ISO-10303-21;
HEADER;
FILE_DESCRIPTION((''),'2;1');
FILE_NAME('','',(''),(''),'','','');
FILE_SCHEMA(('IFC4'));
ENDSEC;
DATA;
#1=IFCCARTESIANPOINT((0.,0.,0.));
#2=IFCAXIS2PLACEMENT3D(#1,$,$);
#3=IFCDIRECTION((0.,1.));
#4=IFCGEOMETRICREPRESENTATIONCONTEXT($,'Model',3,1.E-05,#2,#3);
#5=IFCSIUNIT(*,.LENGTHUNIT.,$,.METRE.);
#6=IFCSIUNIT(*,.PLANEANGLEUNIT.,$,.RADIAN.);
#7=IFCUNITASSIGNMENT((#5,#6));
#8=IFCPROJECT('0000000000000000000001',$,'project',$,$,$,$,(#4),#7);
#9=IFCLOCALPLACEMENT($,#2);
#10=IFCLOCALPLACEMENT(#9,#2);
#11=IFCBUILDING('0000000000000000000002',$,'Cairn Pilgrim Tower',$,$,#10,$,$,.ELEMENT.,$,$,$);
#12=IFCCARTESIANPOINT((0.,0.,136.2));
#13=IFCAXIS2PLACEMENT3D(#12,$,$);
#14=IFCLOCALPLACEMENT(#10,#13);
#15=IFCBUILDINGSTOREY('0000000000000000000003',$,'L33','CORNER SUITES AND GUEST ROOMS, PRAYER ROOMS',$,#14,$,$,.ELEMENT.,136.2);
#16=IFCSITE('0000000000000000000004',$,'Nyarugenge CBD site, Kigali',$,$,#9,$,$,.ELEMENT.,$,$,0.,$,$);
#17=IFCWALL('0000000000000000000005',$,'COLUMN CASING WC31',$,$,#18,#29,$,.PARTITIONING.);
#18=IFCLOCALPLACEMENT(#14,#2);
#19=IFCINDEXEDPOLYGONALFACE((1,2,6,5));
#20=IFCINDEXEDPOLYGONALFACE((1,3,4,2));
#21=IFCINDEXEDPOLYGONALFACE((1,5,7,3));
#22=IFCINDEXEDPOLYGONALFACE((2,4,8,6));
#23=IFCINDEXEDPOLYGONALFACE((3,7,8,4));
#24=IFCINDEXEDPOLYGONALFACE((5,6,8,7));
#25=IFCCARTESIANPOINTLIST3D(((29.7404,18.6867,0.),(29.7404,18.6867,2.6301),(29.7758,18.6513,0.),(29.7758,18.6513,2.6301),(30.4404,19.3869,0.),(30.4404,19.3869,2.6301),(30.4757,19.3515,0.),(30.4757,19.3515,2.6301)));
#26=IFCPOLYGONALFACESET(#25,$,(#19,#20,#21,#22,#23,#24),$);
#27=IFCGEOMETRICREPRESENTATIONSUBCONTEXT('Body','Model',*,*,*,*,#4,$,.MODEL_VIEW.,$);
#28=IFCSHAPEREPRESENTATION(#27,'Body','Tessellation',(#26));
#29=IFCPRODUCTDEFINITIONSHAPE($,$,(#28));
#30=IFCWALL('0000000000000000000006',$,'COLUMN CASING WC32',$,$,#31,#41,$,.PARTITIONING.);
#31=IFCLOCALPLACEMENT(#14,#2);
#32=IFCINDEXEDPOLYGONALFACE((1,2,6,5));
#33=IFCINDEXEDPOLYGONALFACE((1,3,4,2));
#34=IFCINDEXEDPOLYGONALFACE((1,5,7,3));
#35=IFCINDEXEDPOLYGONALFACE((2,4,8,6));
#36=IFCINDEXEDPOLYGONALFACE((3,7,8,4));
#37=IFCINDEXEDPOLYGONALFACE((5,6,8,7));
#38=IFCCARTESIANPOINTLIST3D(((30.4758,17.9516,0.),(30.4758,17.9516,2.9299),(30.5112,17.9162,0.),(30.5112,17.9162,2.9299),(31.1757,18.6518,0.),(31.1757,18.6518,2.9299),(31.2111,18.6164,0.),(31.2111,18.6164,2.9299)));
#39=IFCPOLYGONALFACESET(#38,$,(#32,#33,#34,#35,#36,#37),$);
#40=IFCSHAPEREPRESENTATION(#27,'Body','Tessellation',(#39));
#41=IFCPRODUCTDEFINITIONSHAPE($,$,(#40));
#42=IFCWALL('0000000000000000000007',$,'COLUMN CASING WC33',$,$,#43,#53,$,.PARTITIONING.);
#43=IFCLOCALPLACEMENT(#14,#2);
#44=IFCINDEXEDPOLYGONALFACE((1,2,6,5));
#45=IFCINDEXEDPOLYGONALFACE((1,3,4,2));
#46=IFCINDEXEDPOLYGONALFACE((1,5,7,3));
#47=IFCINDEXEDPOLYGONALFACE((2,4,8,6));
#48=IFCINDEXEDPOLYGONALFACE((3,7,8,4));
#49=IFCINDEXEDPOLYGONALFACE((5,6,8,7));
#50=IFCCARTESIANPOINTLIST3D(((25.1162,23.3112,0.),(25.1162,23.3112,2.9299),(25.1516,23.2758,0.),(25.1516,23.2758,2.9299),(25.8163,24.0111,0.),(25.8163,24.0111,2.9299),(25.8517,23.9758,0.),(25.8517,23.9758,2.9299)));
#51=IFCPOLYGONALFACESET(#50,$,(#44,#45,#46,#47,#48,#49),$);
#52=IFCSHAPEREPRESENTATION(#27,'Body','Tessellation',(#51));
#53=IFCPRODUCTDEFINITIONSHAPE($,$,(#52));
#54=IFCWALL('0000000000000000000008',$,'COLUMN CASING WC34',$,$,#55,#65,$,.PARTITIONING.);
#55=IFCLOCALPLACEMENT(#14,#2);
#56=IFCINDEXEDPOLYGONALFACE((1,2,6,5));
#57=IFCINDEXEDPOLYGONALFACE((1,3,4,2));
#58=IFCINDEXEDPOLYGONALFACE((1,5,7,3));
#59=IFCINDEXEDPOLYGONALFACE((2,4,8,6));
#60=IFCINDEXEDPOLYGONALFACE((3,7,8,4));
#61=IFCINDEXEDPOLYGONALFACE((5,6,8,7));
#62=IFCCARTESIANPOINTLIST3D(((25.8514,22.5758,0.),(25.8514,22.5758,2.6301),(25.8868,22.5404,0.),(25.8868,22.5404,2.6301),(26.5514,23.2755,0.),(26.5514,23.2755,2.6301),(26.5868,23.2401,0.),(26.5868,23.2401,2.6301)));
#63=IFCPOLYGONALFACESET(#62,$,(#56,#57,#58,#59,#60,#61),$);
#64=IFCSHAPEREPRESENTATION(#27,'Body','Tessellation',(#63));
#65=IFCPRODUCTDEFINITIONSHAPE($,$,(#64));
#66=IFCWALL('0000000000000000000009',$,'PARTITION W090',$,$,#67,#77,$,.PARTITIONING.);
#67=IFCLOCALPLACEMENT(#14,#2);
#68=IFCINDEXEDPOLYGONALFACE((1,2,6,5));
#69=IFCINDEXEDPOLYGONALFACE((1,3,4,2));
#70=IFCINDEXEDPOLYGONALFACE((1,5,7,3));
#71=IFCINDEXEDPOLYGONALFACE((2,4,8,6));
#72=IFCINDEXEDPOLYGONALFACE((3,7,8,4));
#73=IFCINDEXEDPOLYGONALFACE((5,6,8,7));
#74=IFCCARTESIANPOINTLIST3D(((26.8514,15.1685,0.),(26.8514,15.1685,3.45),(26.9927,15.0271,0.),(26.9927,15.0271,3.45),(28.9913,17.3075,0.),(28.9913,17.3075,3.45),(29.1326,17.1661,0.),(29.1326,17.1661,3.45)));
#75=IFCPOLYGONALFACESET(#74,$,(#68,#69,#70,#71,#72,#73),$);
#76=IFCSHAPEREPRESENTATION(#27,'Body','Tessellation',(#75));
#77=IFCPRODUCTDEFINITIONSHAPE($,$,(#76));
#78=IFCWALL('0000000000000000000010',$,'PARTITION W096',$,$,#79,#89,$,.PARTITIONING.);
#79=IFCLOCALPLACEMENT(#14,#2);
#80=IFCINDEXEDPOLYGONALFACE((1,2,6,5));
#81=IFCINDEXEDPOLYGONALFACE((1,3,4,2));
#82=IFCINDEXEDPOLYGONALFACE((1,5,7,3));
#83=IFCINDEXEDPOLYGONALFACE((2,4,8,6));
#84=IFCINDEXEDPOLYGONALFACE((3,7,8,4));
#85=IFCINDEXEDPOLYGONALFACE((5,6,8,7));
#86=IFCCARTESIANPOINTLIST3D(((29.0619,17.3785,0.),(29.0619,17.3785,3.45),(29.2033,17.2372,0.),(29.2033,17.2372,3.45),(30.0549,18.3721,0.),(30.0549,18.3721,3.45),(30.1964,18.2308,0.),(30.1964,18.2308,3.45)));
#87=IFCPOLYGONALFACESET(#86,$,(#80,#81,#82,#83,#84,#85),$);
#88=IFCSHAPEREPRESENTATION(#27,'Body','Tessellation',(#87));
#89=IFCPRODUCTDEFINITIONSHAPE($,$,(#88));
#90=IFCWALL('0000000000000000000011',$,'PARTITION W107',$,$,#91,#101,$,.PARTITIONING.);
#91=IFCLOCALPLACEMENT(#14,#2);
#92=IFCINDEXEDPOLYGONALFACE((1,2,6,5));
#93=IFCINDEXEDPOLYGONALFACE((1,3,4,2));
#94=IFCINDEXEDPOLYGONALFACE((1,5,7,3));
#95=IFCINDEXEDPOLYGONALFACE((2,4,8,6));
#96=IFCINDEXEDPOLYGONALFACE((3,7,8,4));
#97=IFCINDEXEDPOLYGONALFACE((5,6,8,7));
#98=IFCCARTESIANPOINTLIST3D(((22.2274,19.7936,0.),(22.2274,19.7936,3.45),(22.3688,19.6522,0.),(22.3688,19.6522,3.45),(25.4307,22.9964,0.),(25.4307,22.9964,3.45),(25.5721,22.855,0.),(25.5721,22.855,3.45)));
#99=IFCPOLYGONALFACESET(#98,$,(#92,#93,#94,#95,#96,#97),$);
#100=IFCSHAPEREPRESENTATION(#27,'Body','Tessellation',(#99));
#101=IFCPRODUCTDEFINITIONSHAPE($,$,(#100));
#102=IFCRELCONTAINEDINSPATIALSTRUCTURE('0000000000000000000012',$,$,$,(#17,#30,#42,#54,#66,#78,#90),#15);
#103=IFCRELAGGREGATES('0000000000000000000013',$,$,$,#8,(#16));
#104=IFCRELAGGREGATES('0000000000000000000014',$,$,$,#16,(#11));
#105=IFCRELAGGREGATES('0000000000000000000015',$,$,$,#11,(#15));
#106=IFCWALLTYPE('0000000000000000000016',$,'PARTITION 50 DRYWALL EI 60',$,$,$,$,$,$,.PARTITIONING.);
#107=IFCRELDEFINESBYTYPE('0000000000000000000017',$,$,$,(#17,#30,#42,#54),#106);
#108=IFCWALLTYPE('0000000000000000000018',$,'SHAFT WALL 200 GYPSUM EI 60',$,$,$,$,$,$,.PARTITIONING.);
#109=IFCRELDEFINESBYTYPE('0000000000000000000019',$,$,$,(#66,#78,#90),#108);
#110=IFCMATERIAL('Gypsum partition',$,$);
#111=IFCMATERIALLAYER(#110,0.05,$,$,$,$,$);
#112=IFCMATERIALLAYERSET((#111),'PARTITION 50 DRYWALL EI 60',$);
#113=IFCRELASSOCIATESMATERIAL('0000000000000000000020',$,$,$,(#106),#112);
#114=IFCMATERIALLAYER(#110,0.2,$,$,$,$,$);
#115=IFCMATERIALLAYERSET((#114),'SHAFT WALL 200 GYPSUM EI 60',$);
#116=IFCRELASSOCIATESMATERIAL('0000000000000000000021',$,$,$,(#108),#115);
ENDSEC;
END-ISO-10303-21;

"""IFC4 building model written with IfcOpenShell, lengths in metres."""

from ifc_helpers import new_model, si_unit, direction, frame, frame_2d, origin, place, context, subcontext, project, spatial, rectangle, extrude, material, layer, layer_set, type_object, element, save


model = new_model("IFC4")

# Units and contexts
model_context = context("Model", 3, precision=1e-05, world=origin(), true_north=direction((0.0, 1.0)))
body_context = subcontext(model_context, "Body", "Model", "MODEL_VIEW")
ifc_project = project(units=[si_unit("LENGTHUNIT", "METRE"), si_unit("PLANEANGLEUNIT", "RADIAN")], contexts=[model_context])

# Site, building, storey
site_placement = place(None, origin())
site = spatial("IfcSite", under=ifc_project, at=site_placement, Name="Nyarugenge CBD site, Kigali", CompositionType="ELEMENT", RefElevation=0.0)
building_placement = place(site_placement, origin())
building = spatial("IfcBuilding", under=site, at=building_placement, Name="Cairn Pilgrim Tower", CompositionType="ELEMENT")
storey_placement = place(building_placement, frame((0.0, 0.0, 136.2)))
storey = spatial("IfcBuildingStorey", under=building, at=storey_placement, Name="L33", Description="CORNER SUITES AND GUEST ROOMS, PRAYER ROOMS", CompositionType="ELEMENT", Elevation=136.2)

# Walls
ifc_material_1 = material(Name="Gypsum partition")
ifc_layer_1 = layer(ifc_material_1, 0.05)
ifc_layer_set_1 = layer_set([ifc_layer_1], Name="PARTITION 50 DRYWALL EI 60")
wall_type_1 = type_object("IfcWallType", Name="PARTITION 50 DRYWALL EI 60", PredefinedType="PARTITIONING", material=ifc_layer_set_1)
wall_1_placement = place(storey_placement, frame((29.7581, 18.6689, 0.0), z_axis=(0.0, 0.0, 1.0), x_axis=(0.706983, 0.70723, 0.0)))
element("IfcWall", 1, at=wall_1_placement, inside=storey, type_object=wall_type_1, Name="COLUMN CASING WC31", PredefinedType="PARTITIONING", context=body_context, shape_type="SweptSolid", body=[
    extrude(rectangle(XDim=0.99, YDim=0.05, at=frame_2d((0.4951, 0.0))), origin(), (0.0, 0.0, 1.0), 2.6301),
])
for number, where, z_axis, x_axis, name in (
    (2, (30.4934, 17.9338, 0.0), (0.0, 0.0, 1.0), (0.706983, 0.70723, 0.0), "COLUMN CASING WC32"),
    (3, (25.1338, 23.2935, 0.0), (0.0, 0.0, 1.0), (0.70723, 0.706983, 0.0), "COLUMN CASING WC33"),
):
    element("IfcWall", number, at=place(storey_placement, frame(where, z_axis=z_axis, x_axis=x_axis)), inside=storey, type_object=wall_type_1, Name=name, PredefinedType="PARTITIONING", context=body_context, shape_type="SweptSolid", body=[
        extrude(rectangle(XDim=0.99, YDim=0.05, at=frame_2d((0.4951, 0.0))), origin(), (0.0, 0.0, 1.0), 2.9299),
    ])
wall_2_placement = place(storey_placement, frame((25.8691, 22.5581, 0.0), z_axis=(0.0, 0.0, 1.0), x_axis=(0.70723, 0.706983, 0.0)))
element("IfcWall", 4, at=wall_2_placement, inside=storey, type_object=wall_type_1, Name="COLUMN CASING WC34", PredefinedType="PARTITIONING", context=body_context, shape_type="SweptSolid", body=[
    extrude(rectangle(XDim=0.9897, YDim=0.05, at=frame_2d((0.4949, 0.0))), origin(), (0.0, 0.0, 1.0), 2.6301),
])
ifc_layer_2 = layer(ifc_material_1, 0.2)
ifc_layer_set_2 = layer_set([ifc_layer_2], Name="SHAFT WALL 200 GYPSUM EI 60")
wall_type_2 = type_object("IfcWallType", Name="SHAFT WALL 200 GYPSUM EI 60", PredefinedType="PARTITIONING", material=ifc_layer_set_2)
wall_3_placement = place(storey_placement, frame((26.9221, 15.0979, 0.0), z_axis=(0.0, 0.0, 1.0), x_axis=(0.707268, 0.706945, 0.0)))
element("IfcWall", 5, at=wall_3_placement, inside=storey, type_object=wall_type_2, Name="PARTITION W090", PredefinedType="PARTITIONING", context=body_context, shape_type="SweptSolid", body=[
    extrude(rectangle(XDim=3.0256, YDim=0.2, at=frame_2d((1.5127, 0.0))), origin(), (0.0, 0.0, 1.0), 3.45),
])
wall_4_placement = place(storey_placement, frame((29.1326, 17.3079, 0.0), z_axis=(0.0, 0.0, 1.0), x_axis=(0.706933, 0.707281, 0.0)))
element("IfcWall", 6, at=wall_4_placement, inside=storey, type_object=wall_type_2, Name="PARTITION W096", PredefinedType="PARTITIONING", context=body_context, shape_type="SweptSolid", body=[
    extrude(rectangle(XDim=1.4048, YDim=0.2, at=frame_2d((0.7024, 0.0))), origin(), (0.0, 0.0, 1.0), 3.45),
])
wall_5_placement = place(storey_placement, frame((22.2981, 19.7229, 0.0), z_axis=(0.0, 0.0, 1.0), x_axis=(0.707161, 0.707053, 0.0)))
element("IfcWall", 7, at=wall_5_placement, inside=storey, type_object=wall_type_2, Name="PARTITION W107", PredefinedType="PARTITIONING", context=body_context, shape_type="SweptSolid", body=[
    extrude(rectangle(XDim=4.5298, YDim=0.2, at=frame_2d((2.2649, 0.0))), origin(), (0.0, 0.0, 1.0), 3.45),
])

save(model, "model.ifc")
